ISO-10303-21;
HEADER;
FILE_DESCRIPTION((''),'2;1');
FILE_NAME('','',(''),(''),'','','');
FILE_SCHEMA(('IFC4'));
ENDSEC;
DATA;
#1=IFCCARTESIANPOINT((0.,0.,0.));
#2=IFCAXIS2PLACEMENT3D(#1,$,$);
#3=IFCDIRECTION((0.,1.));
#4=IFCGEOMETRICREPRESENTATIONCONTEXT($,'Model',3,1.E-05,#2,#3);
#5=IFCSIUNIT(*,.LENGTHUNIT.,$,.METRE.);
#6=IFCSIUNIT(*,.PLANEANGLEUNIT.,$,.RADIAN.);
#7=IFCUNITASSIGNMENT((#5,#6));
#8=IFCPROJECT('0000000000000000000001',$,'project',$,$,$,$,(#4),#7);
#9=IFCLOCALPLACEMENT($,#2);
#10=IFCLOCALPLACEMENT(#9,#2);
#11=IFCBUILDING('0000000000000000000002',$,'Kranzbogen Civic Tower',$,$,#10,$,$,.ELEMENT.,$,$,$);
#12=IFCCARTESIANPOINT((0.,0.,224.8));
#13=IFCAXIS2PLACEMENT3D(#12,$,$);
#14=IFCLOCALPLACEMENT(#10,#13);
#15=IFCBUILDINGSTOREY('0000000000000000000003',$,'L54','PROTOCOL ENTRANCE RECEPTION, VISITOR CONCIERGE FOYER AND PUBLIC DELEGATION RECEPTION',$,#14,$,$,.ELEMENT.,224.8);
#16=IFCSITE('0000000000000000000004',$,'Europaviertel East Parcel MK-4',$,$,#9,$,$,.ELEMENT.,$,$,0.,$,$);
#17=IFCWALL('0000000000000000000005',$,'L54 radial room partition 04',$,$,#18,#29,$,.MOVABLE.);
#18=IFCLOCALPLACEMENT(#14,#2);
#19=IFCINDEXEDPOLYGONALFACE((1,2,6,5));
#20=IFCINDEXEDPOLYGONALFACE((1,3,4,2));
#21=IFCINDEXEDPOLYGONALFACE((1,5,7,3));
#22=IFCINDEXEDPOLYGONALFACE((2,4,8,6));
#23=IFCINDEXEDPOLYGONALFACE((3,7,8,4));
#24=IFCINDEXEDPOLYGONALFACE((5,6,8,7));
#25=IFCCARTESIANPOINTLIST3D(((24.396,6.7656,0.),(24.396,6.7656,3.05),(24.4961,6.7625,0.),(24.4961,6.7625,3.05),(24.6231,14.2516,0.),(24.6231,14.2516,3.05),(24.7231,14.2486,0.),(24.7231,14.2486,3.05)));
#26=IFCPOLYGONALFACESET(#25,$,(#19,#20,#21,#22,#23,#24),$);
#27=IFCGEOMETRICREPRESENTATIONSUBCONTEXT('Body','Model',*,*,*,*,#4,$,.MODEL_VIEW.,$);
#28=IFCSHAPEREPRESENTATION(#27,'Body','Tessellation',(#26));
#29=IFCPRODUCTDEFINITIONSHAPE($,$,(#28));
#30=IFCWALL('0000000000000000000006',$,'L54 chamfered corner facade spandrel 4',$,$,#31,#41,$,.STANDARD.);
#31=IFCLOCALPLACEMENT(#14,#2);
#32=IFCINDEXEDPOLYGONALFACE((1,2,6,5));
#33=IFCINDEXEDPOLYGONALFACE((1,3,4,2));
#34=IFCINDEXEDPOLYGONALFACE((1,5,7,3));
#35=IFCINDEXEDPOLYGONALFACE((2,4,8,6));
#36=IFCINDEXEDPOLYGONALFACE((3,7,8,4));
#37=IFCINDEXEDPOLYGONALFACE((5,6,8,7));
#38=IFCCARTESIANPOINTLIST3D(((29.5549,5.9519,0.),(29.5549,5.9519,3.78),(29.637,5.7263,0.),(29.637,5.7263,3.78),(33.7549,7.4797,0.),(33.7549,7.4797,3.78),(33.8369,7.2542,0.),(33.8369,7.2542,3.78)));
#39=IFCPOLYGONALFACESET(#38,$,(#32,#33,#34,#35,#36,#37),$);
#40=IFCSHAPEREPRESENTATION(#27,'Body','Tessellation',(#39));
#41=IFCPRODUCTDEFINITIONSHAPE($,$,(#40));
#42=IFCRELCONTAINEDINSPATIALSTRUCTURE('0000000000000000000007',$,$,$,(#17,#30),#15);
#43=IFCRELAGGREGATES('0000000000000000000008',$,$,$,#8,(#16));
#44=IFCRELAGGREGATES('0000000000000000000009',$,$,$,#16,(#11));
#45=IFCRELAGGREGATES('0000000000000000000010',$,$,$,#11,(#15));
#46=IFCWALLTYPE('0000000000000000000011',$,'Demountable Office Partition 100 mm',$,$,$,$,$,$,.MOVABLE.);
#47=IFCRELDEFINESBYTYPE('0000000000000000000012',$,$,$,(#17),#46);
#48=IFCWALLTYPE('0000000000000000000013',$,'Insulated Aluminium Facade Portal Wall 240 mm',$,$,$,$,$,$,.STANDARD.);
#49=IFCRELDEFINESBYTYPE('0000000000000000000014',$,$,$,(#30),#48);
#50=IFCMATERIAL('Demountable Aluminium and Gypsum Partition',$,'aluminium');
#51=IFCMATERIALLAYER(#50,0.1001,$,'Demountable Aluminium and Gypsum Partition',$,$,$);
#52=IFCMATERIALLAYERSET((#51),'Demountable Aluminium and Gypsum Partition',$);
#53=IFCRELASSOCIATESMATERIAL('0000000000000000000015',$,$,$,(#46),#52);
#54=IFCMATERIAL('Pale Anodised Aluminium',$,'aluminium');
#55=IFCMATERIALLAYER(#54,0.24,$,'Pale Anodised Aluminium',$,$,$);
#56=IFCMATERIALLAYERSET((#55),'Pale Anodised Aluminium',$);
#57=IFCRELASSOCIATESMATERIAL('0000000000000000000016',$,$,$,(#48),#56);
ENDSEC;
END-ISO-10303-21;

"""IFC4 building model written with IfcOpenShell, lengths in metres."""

from ifc_helpers import new_model, si_unit, direction, frame, frame_2d, origin, place, context, subcontext, project, spatial, rectangle, extrude, material, layer, layer_set, type_object, element, save


model = new_model("IFC4")

# Units and contexts
model_context = context("Model", 3, precision=1e-05, world=origin(), true_north=direction((0.0, 1.0)))
body_context = subcontext(model_context, "Body", "Model", "MODEL_VIEW")
ifc_project = project(units=[si_unit("LENGTHUNIT", "METRE"), si_unit("PLANEANGLEUNIT", "RADIAN")], contexts=[model_context])

# Site, building, storey
site_placement = place(None, origin())
site = spatial("IfcSite", under=ifc_project, at=site_placement, Name="Europaviertel East Parcel MK-4", CompositionType="ELEMENT", RefElevation=0.0)
building_placement = place(site_placement, origin())
building = spatial("IfcBuilding", under=site, at=building_placement, Name="Kranzbogen Civic Tower", CompositionType="ELEMENT")
storey_placement = place(building_placement, frame((0.0, 0.0, 224.8)))
storey = spatial("IfcBuildingStorey", under=building, at=storey_placement, Name="L54", Description="PROTOCOL ENTRANCE RECEPTION, VISITOR CONCIERGE FOYER AND PUBLIC DELEGATION RECEPTION", CompositionType="ELEMENT", Elevation=224.8)

# Shared definitions
ifc_material_1 = material(Name="Pale Anodised Aluminium", Category="aluminium")

# Walls
ifc_material_2 = material(Name="Demountable Aluminium and Gypsum Partition", Category="aluminium")
ifc_layer_1 = layer(ifc_material_2, 0.1001, Name="Demountable Aluminium and Gypsum Partition")
ifc_layer_set_1 = layer_set([ifc_layer_1], Name="Demountable Aluminium and Gypsum Partition")
wall_type_1 = type_object("IfcWallType", Name="Demountable Office Partition 100 mm", PredefinedType="MOVABLE", material=ifc_layer_set_1)
wall_1_placement = place(storey_placement, frame((24.6731, 14.25, 0.0), z_axis=(0.0, 0.0, 1.0), x_axis=(-0.030316, -0.99954, 0.0)))
element("IfcWall", 1, at=wall_1_placement, inside=storey, type_object=wall_type_1, Name="L54 radial room partition 04", PredefinedType="MOVABLE", context=body_context, shape_type="SweptSolid", body=[
    extrude(rectangle(XDim=7.4895, YDim=0.1001, at=frame_2d((3.7446, 0.0))), origin(), (0.0, 0.0, 1.0), 3.05),
])
ifc_layer_2 = layer(ifc_material_1, 0.24, Name="Pale Anodised Aluminium")
ifc_layer_set_2 = layer_set([ifc_layer_2], Name="Pale Anodised Aluminium")
wall_type_2 = type_object("IfcWallType", Name="Insulated Aluminium Facade Portal Wall 240 mm", PredefinedType="STANDARD", material=ifc_layer_set_2)
wall_2_placement = place(storey_placement, frame((29.5959, 5.8391, 0.0), z_axis=(0.0, 0.0, 1.0), x_axis=(0.939752, 0.341857, 0.0)))
element("IfcWall", 2, at=wall_2_placement, inside=storey, type_object=wall_type_2, Name="L54 chamfered corner facade spandrel 4", PredefinedType="STANDARD", context=body_context, shape_type="SweptSolid", body=[
    extrude(rectangle(XDim=4.4692, YDim=0.24, at=frame_2d((2.2346, 0.0))), origin(), (0.0, 0.0, 1.0), 3.78),
])

save(model, "model.ifc")
